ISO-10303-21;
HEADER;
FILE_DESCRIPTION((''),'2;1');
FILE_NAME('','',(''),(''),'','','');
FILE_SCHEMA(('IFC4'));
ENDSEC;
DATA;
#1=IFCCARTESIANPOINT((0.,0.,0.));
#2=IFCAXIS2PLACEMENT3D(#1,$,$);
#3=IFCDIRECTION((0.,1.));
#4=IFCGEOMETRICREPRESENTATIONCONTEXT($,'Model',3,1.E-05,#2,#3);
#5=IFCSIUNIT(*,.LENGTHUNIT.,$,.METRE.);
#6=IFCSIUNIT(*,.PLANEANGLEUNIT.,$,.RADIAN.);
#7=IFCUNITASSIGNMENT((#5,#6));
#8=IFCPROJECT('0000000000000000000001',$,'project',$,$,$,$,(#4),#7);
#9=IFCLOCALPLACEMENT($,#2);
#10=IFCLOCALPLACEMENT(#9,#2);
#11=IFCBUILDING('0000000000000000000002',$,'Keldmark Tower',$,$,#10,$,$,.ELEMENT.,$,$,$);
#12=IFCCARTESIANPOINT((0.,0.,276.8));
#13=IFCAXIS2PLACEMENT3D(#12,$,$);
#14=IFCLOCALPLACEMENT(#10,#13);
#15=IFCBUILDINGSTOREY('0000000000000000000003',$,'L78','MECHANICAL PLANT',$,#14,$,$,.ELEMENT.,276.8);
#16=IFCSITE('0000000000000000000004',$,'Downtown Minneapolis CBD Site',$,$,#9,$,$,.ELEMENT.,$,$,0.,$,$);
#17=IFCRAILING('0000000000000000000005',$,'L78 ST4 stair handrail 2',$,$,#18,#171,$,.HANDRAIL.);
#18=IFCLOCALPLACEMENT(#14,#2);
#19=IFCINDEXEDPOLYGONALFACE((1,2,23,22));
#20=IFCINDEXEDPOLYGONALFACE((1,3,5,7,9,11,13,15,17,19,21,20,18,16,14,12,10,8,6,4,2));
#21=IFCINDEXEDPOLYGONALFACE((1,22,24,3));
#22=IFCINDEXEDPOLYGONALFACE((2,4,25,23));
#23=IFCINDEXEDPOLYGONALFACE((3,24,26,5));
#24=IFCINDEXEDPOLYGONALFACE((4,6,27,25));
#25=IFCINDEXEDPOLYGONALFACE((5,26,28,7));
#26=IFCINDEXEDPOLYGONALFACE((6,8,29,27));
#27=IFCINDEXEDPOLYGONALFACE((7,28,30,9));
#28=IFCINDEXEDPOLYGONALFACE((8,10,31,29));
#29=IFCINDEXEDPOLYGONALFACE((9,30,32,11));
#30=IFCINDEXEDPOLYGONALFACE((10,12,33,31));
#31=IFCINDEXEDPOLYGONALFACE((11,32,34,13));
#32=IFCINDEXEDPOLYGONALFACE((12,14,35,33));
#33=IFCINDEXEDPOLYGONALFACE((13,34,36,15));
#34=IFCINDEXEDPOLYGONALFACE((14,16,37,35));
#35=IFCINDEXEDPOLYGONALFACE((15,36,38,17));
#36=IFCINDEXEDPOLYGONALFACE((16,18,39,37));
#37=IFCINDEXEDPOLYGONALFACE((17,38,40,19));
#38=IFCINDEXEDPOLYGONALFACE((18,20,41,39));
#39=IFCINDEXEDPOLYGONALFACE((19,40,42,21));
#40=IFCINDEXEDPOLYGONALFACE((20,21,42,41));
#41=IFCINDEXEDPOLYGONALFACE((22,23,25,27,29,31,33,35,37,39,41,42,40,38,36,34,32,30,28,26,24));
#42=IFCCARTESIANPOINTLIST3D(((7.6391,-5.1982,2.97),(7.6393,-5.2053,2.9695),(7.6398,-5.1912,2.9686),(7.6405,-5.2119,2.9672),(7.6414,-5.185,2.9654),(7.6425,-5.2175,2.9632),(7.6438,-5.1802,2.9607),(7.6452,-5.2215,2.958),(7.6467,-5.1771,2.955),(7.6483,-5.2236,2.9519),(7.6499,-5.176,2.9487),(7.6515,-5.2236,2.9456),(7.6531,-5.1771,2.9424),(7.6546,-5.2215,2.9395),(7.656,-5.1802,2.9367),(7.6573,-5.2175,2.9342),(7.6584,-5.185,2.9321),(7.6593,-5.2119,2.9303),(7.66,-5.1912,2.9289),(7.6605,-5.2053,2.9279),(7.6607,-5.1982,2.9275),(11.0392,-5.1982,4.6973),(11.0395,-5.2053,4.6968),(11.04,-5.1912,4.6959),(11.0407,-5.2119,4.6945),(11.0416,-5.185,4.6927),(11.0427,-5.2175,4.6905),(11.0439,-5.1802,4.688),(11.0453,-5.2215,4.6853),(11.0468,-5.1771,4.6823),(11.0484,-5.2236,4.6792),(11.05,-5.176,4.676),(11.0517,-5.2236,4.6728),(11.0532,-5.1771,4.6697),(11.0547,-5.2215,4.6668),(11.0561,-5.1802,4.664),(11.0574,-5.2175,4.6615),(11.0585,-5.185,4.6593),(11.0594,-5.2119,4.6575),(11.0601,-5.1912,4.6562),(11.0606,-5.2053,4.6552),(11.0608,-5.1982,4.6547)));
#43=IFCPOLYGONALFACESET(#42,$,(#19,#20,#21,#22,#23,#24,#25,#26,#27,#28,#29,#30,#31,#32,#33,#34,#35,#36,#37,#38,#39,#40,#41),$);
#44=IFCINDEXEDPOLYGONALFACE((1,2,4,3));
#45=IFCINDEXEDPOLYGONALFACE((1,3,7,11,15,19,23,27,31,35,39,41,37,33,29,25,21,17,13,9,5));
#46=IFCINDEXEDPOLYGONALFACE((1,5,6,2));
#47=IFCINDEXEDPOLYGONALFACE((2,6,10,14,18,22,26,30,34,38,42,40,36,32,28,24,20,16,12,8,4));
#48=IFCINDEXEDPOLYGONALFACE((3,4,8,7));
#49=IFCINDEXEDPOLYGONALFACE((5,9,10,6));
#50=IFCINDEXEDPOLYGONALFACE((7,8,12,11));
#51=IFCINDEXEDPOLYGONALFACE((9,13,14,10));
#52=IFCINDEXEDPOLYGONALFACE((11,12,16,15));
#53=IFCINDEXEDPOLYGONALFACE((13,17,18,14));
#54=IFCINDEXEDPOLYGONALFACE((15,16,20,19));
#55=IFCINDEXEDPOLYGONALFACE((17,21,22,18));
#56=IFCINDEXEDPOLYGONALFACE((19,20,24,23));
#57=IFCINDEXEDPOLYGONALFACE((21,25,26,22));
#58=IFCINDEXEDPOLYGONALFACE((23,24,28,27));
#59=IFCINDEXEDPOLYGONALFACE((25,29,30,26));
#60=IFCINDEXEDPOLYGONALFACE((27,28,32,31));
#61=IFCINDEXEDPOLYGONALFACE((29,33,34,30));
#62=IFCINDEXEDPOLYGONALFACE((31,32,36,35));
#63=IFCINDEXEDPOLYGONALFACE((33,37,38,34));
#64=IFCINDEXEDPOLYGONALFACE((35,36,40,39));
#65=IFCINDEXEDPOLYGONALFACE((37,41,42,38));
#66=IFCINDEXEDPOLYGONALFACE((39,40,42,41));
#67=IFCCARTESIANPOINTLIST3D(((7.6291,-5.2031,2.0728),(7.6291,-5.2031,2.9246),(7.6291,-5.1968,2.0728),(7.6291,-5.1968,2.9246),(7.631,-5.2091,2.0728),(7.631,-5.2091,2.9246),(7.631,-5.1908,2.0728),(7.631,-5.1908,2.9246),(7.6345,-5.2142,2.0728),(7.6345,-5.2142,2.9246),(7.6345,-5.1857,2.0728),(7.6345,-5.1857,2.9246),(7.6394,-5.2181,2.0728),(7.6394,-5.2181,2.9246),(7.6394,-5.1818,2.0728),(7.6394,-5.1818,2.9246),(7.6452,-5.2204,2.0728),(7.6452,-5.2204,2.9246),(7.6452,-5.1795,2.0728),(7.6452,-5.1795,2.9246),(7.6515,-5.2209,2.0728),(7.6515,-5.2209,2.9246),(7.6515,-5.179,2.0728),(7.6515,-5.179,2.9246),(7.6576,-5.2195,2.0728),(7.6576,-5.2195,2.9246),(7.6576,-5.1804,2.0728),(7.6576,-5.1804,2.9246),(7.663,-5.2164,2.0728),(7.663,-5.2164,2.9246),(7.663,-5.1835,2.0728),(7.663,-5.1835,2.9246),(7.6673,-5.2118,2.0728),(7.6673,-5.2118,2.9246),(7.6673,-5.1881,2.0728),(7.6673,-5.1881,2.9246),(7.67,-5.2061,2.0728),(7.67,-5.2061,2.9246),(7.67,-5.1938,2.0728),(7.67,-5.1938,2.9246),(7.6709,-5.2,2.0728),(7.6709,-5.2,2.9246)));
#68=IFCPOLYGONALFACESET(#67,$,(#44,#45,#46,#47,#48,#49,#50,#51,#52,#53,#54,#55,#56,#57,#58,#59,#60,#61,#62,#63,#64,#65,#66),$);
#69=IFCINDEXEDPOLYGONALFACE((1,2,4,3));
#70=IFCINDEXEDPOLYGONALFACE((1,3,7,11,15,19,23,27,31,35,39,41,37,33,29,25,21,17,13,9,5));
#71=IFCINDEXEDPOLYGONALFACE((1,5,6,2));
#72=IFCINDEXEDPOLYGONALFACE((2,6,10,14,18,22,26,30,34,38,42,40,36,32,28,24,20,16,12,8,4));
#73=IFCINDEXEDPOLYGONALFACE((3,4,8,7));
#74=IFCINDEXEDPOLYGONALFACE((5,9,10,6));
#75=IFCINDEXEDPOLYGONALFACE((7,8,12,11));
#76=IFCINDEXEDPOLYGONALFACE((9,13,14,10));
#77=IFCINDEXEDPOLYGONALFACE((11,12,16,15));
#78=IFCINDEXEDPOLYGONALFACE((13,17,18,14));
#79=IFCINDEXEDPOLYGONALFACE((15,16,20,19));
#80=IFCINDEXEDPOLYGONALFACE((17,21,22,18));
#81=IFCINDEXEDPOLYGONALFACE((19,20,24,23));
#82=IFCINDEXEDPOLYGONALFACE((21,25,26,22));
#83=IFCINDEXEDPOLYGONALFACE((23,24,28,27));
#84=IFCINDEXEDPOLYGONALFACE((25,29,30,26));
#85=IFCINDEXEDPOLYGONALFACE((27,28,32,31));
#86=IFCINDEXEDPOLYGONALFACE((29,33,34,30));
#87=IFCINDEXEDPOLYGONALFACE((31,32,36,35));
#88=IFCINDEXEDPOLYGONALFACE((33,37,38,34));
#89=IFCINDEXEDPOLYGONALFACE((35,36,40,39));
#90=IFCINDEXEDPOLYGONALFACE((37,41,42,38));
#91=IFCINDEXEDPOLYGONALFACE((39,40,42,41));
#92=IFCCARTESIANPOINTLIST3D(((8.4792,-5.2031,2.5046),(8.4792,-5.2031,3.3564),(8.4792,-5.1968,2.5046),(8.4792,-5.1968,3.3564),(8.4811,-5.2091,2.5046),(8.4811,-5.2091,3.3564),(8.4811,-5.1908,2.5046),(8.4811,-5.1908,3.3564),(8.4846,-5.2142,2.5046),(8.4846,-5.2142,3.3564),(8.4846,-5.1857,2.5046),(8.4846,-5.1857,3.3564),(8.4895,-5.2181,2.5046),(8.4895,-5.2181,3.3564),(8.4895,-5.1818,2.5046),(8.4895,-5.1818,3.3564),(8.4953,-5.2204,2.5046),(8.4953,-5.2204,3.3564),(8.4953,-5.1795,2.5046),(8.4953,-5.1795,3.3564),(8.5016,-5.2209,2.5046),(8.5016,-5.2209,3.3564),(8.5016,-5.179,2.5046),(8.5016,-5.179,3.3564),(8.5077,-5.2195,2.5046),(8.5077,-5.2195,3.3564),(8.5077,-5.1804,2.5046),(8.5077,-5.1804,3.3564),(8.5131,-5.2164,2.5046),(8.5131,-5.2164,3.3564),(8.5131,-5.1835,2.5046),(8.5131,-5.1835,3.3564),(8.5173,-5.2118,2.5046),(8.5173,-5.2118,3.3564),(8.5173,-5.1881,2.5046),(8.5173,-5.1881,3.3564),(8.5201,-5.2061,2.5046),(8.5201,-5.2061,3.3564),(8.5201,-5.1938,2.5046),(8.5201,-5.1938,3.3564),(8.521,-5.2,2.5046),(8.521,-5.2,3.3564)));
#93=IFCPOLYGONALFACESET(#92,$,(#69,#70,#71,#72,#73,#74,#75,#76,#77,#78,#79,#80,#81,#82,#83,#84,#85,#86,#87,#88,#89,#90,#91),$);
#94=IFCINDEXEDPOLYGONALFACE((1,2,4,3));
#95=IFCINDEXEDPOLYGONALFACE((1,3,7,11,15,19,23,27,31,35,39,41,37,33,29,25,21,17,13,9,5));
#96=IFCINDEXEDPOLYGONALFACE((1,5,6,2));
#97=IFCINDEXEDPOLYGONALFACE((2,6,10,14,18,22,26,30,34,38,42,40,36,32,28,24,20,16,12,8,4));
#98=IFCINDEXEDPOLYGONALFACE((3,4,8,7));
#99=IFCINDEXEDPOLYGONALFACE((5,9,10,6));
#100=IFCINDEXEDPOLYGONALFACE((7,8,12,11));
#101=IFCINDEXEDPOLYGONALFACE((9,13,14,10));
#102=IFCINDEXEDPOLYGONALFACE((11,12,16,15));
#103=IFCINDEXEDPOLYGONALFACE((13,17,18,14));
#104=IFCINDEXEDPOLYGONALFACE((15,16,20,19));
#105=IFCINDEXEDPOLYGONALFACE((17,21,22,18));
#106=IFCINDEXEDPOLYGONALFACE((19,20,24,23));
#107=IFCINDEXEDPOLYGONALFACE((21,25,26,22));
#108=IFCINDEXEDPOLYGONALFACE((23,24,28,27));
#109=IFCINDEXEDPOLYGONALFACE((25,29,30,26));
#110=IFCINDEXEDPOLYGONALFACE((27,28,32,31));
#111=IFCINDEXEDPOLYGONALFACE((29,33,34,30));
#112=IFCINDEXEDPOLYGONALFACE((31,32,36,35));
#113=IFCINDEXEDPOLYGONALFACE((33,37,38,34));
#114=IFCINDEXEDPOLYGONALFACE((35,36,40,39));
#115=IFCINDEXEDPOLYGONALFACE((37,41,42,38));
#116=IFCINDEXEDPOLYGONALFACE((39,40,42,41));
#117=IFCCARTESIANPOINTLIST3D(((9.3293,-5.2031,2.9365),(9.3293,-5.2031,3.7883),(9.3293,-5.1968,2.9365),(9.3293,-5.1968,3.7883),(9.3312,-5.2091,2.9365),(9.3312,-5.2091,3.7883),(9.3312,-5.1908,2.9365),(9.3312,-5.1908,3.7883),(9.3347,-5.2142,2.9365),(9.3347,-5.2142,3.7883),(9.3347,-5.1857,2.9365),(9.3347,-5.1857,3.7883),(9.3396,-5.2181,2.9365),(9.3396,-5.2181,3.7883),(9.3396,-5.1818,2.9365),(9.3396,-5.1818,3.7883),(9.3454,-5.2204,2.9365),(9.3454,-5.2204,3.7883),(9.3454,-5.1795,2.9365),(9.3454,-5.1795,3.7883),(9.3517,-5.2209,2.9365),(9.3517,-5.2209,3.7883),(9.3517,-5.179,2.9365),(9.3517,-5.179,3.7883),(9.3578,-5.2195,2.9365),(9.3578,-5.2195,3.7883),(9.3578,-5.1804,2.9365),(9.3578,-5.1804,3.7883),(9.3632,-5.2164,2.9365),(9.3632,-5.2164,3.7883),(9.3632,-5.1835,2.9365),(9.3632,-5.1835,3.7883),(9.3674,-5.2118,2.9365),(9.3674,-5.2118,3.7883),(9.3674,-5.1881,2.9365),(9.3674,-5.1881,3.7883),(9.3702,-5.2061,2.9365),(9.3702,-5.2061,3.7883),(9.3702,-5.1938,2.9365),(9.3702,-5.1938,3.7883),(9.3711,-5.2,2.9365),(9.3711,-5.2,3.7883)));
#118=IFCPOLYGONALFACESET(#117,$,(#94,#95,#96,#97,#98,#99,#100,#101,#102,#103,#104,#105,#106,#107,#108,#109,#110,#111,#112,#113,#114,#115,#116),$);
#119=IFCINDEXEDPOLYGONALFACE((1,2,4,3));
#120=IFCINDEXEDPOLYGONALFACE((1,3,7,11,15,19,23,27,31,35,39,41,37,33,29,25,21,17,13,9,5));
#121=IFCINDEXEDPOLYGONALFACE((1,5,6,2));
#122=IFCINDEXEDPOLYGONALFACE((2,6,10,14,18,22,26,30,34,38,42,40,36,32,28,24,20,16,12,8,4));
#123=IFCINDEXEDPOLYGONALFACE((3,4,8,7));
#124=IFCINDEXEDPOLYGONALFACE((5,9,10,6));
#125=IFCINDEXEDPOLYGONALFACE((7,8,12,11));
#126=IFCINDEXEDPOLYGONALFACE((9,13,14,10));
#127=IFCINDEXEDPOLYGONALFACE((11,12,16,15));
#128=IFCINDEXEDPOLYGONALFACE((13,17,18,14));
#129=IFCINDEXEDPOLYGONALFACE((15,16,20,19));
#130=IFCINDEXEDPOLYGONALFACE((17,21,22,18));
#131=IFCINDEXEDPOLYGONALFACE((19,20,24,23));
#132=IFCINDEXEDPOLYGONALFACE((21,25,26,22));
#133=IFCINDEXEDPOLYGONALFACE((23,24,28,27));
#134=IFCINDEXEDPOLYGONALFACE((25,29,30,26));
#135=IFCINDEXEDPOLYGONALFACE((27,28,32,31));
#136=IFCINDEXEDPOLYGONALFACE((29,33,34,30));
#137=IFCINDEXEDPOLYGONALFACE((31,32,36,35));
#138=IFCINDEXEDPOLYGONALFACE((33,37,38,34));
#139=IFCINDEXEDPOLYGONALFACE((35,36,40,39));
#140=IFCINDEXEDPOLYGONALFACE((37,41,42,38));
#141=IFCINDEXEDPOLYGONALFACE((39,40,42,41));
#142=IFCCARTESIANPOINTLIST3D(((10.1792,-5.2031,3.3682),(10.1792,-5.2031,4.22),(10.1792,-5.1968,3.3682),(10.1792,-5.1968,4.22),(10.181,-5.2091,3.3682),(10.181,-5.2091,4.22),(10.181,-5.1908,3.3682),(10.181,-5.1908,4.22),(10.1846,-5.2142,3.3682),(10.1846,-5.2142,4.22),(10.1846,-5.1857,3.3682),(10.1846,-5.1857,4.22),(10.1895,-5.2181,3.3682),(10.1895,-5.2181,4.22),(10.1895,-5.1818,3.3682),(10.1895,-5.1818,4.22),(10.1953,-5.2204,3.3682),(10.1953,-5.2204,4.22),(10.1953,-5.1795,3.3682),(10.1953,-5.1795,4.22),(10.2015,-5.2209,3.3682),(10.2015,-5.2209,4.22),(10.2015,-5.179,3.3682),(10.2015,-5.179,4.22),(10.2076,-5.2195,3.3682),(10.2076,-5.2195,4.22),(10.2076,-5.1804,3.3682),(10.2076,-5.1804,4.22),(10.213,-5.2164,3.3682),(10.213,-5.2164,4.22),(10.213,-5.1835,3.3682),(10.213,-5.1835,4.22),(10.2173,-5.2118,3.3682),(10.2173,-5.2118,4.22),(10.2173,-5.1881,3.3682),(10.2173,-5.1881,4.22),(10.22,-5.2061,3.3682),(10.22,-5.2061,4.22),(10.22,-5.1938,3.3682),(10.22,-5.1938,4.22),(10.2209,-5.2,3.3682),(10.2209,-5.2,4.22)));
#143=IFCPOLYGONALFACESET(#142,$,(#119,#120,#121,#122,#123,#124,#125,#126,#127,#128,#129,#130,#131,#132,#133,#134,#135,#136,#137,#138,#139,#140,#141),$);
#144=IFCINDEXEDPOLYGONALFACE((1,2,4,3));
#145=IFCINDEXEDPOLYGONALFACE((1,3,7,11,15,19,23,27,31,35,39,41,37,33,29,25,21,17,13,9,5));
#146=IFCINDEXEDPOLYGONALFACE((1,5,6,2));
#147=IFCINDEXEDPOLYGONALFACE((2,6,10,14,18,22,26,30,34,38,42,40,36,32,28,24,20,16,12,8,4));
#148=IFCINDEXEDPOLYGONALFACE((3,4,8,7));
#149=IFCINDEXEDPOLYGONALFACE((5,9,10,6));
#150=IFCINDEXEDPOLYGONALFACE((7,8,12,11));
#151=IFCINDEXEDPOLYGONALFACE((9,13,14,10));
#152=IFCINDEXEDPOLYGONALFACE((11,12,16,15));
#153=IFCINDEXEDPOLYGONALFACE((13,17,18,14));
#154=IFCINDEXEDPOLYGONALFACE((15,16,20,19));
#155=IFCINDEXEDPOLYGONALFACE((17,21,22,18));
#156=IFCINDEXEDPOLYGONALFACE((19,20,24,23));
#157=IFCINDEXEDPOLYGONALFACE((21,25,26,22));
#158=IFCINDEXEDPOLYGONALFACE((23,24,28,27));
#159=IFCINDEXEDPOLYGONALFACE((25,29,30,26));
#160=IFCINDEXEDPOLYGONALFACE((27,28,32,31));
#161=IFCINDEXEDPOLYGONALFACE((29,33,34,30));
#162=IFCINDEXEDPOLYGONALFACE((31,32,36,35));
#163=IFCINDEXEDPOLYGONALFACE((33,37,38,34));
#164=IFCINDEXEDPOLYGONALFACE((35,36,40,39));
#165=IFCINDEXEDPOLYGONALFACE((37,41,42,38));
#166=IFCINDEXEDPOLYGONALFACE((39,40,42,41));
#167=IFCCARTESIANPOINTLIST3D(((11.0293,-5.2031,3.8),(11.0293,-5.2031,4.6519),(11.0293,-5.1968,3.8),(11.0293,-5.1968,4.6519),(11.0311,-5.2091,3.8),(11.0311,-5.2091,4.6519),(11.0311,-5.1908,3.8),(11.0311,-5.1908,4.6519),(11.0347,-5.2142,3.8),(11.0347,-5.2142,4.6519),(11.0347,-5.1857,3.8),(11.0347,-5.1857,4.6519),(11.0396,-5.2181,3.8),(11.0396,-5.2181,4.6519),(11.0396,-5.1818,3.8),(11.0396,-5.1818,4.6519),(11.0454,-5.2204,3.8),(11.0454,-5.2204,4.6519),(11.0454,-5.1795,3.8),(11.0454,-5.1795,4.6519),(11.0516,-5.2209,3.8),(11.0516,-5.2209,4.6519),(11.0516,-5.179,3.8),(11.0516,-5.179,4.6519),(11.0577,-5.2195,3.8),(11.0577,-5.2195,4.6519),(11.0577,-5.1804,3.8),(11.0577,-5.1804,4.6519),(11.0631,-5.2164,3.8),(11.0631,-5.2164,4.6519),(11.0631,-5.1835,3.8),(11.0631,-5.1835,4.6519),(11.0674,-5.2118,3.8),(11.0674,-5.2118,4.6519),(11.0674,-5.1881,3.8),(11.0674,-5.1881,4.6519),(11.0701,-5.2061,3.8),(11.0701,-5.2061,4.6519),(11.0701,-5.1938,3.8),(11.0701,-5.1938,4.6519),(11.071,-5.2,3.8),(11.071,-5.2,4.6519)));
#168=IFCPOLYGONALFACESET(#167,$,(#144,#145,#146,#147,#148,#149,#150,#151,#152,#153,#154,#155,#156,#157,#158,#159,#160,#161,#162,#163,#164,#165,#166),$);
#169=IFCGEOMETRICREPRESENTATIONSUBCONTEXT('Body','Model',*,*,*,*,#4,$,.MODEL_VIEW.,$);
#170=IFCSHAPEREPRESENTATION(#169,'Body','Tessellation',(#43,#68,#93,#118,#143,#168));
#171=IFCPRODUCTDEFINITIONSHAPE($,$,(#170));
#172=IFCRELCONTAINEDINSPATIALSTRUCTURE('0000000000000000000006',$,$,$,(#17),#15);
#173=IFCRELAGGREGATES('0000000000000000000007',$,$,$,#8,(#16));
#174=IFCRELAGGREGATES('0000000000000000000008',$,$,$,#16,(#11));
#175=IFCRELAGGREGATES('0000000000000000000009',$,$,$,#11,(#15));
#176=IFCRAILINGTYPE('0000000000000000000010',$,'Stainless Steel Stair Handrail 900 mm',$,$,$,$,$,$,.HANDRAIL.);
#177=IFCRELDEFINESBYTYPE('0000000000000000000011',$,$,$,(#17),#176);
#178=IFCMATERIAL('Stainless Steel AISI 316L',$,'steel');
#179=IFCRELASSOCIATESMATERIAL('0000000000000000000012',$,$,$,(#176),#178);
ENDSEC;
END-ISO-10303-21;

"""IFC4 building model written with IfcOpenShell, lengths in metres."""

from ifc_helpers import new_model, si_unit, direction, frame, origin, origin_2d, place, context, subcontext, project, spatial, circle, extrude, material, type_object, element, save


model = new_model("IFC4")

# Units and contexts
model_context = context("Model", 3, precision=1e-05, world=origin(), true_north=direction((0.0, 1.0)))
body_context = subcontext(model_context, "Body", "Model", "MODEL_VIEW")
ifc_project = project(units=[si_unit("LENGTHUNIT", "METRE"), si_unit("PLANEANGLEUNIT", "RADIAN")], contexts=[model_context])

# Site, building, storey
site_placement = place(None, origin())
site = spatial("IfcSite", under=ifc_project, at=site_placement, Name="Downtown Minneapolis CBD Site", CompositionType="ELEMENT", RefElevation=0.0)
building_placement = place(site_placement, origin())
building = spatial("IfcBuilding", under=site, at=building_placement, Name="Keldmark Tower", CompositionType="ELEMENT")
storey_placement = place(building_placement, frame((0.0, 0.0, 276.8)))
storey = spatial("IfcBuildingStorey", under=building, at=storey_placement, Name="L78", Description="MECHANICAL PLANT", CompositionType="ELEMENT", Elevation=276.8)

# Railing
ifc_material_1 = material(Name="Stainless Steel AISI 316L", Category="steel")
railing_type_1 = type_object("IfcRailingType", Name="Stainless Steel Stair Handrail 900 mm", PredefinedType="HANDRAIL", material=ifc_material_1)
railing_1_placement = place(storey_placement, frame((7.6499, -5.2, 2.0728)))
element("IfcRailing", 1, at=railing_1_placement, inside=storey, type_object=railing_type_1, Name="L78 ST4 stair handrail 2", PredefinedType="HANDRAIL", context=body_context, shape_type="SweptSolid", body=[
    extrude(circle(Radius=0.0239, at=origin_2d()), frame((0.0, 0.0, 0.876), z_axis=(0.891554, 0.0, 0.452915), x_axis=(0.0, 1.0, 0.0)), (0.0, 0.0, 1.0), 3.8137),
    extrude(circle(Radius=0.021, at=origin_2d()), origin(), (0.0, 0.0, 1.0), 0.8518),
    extrude(circle(Radius=0.021, at=origin_2d()), frame((0.8501, 0.0, 0.4319)), (0.0, 0.0, 1.0), 0.8518),
    extrude(circle(Radius=0.021, at=origin_2d()), frame((1.7002, 0.0, 0.8638)), (0.0, 0.0, 1.0), 0.8518),
    extrude(circle(Radius=0.021, at=origin_2d()), frame((2.55, 0.0, 1.2954)), (0.0, 0.0, 1.0), 0.8518),
    extrude(circle(Radius=0.021, at=origin_2d()), frame((3.4001, 0.0, 1.7273)), (0.0, 0.0, 1.0), 0.8518),
])

save(model, "model.ifc")
